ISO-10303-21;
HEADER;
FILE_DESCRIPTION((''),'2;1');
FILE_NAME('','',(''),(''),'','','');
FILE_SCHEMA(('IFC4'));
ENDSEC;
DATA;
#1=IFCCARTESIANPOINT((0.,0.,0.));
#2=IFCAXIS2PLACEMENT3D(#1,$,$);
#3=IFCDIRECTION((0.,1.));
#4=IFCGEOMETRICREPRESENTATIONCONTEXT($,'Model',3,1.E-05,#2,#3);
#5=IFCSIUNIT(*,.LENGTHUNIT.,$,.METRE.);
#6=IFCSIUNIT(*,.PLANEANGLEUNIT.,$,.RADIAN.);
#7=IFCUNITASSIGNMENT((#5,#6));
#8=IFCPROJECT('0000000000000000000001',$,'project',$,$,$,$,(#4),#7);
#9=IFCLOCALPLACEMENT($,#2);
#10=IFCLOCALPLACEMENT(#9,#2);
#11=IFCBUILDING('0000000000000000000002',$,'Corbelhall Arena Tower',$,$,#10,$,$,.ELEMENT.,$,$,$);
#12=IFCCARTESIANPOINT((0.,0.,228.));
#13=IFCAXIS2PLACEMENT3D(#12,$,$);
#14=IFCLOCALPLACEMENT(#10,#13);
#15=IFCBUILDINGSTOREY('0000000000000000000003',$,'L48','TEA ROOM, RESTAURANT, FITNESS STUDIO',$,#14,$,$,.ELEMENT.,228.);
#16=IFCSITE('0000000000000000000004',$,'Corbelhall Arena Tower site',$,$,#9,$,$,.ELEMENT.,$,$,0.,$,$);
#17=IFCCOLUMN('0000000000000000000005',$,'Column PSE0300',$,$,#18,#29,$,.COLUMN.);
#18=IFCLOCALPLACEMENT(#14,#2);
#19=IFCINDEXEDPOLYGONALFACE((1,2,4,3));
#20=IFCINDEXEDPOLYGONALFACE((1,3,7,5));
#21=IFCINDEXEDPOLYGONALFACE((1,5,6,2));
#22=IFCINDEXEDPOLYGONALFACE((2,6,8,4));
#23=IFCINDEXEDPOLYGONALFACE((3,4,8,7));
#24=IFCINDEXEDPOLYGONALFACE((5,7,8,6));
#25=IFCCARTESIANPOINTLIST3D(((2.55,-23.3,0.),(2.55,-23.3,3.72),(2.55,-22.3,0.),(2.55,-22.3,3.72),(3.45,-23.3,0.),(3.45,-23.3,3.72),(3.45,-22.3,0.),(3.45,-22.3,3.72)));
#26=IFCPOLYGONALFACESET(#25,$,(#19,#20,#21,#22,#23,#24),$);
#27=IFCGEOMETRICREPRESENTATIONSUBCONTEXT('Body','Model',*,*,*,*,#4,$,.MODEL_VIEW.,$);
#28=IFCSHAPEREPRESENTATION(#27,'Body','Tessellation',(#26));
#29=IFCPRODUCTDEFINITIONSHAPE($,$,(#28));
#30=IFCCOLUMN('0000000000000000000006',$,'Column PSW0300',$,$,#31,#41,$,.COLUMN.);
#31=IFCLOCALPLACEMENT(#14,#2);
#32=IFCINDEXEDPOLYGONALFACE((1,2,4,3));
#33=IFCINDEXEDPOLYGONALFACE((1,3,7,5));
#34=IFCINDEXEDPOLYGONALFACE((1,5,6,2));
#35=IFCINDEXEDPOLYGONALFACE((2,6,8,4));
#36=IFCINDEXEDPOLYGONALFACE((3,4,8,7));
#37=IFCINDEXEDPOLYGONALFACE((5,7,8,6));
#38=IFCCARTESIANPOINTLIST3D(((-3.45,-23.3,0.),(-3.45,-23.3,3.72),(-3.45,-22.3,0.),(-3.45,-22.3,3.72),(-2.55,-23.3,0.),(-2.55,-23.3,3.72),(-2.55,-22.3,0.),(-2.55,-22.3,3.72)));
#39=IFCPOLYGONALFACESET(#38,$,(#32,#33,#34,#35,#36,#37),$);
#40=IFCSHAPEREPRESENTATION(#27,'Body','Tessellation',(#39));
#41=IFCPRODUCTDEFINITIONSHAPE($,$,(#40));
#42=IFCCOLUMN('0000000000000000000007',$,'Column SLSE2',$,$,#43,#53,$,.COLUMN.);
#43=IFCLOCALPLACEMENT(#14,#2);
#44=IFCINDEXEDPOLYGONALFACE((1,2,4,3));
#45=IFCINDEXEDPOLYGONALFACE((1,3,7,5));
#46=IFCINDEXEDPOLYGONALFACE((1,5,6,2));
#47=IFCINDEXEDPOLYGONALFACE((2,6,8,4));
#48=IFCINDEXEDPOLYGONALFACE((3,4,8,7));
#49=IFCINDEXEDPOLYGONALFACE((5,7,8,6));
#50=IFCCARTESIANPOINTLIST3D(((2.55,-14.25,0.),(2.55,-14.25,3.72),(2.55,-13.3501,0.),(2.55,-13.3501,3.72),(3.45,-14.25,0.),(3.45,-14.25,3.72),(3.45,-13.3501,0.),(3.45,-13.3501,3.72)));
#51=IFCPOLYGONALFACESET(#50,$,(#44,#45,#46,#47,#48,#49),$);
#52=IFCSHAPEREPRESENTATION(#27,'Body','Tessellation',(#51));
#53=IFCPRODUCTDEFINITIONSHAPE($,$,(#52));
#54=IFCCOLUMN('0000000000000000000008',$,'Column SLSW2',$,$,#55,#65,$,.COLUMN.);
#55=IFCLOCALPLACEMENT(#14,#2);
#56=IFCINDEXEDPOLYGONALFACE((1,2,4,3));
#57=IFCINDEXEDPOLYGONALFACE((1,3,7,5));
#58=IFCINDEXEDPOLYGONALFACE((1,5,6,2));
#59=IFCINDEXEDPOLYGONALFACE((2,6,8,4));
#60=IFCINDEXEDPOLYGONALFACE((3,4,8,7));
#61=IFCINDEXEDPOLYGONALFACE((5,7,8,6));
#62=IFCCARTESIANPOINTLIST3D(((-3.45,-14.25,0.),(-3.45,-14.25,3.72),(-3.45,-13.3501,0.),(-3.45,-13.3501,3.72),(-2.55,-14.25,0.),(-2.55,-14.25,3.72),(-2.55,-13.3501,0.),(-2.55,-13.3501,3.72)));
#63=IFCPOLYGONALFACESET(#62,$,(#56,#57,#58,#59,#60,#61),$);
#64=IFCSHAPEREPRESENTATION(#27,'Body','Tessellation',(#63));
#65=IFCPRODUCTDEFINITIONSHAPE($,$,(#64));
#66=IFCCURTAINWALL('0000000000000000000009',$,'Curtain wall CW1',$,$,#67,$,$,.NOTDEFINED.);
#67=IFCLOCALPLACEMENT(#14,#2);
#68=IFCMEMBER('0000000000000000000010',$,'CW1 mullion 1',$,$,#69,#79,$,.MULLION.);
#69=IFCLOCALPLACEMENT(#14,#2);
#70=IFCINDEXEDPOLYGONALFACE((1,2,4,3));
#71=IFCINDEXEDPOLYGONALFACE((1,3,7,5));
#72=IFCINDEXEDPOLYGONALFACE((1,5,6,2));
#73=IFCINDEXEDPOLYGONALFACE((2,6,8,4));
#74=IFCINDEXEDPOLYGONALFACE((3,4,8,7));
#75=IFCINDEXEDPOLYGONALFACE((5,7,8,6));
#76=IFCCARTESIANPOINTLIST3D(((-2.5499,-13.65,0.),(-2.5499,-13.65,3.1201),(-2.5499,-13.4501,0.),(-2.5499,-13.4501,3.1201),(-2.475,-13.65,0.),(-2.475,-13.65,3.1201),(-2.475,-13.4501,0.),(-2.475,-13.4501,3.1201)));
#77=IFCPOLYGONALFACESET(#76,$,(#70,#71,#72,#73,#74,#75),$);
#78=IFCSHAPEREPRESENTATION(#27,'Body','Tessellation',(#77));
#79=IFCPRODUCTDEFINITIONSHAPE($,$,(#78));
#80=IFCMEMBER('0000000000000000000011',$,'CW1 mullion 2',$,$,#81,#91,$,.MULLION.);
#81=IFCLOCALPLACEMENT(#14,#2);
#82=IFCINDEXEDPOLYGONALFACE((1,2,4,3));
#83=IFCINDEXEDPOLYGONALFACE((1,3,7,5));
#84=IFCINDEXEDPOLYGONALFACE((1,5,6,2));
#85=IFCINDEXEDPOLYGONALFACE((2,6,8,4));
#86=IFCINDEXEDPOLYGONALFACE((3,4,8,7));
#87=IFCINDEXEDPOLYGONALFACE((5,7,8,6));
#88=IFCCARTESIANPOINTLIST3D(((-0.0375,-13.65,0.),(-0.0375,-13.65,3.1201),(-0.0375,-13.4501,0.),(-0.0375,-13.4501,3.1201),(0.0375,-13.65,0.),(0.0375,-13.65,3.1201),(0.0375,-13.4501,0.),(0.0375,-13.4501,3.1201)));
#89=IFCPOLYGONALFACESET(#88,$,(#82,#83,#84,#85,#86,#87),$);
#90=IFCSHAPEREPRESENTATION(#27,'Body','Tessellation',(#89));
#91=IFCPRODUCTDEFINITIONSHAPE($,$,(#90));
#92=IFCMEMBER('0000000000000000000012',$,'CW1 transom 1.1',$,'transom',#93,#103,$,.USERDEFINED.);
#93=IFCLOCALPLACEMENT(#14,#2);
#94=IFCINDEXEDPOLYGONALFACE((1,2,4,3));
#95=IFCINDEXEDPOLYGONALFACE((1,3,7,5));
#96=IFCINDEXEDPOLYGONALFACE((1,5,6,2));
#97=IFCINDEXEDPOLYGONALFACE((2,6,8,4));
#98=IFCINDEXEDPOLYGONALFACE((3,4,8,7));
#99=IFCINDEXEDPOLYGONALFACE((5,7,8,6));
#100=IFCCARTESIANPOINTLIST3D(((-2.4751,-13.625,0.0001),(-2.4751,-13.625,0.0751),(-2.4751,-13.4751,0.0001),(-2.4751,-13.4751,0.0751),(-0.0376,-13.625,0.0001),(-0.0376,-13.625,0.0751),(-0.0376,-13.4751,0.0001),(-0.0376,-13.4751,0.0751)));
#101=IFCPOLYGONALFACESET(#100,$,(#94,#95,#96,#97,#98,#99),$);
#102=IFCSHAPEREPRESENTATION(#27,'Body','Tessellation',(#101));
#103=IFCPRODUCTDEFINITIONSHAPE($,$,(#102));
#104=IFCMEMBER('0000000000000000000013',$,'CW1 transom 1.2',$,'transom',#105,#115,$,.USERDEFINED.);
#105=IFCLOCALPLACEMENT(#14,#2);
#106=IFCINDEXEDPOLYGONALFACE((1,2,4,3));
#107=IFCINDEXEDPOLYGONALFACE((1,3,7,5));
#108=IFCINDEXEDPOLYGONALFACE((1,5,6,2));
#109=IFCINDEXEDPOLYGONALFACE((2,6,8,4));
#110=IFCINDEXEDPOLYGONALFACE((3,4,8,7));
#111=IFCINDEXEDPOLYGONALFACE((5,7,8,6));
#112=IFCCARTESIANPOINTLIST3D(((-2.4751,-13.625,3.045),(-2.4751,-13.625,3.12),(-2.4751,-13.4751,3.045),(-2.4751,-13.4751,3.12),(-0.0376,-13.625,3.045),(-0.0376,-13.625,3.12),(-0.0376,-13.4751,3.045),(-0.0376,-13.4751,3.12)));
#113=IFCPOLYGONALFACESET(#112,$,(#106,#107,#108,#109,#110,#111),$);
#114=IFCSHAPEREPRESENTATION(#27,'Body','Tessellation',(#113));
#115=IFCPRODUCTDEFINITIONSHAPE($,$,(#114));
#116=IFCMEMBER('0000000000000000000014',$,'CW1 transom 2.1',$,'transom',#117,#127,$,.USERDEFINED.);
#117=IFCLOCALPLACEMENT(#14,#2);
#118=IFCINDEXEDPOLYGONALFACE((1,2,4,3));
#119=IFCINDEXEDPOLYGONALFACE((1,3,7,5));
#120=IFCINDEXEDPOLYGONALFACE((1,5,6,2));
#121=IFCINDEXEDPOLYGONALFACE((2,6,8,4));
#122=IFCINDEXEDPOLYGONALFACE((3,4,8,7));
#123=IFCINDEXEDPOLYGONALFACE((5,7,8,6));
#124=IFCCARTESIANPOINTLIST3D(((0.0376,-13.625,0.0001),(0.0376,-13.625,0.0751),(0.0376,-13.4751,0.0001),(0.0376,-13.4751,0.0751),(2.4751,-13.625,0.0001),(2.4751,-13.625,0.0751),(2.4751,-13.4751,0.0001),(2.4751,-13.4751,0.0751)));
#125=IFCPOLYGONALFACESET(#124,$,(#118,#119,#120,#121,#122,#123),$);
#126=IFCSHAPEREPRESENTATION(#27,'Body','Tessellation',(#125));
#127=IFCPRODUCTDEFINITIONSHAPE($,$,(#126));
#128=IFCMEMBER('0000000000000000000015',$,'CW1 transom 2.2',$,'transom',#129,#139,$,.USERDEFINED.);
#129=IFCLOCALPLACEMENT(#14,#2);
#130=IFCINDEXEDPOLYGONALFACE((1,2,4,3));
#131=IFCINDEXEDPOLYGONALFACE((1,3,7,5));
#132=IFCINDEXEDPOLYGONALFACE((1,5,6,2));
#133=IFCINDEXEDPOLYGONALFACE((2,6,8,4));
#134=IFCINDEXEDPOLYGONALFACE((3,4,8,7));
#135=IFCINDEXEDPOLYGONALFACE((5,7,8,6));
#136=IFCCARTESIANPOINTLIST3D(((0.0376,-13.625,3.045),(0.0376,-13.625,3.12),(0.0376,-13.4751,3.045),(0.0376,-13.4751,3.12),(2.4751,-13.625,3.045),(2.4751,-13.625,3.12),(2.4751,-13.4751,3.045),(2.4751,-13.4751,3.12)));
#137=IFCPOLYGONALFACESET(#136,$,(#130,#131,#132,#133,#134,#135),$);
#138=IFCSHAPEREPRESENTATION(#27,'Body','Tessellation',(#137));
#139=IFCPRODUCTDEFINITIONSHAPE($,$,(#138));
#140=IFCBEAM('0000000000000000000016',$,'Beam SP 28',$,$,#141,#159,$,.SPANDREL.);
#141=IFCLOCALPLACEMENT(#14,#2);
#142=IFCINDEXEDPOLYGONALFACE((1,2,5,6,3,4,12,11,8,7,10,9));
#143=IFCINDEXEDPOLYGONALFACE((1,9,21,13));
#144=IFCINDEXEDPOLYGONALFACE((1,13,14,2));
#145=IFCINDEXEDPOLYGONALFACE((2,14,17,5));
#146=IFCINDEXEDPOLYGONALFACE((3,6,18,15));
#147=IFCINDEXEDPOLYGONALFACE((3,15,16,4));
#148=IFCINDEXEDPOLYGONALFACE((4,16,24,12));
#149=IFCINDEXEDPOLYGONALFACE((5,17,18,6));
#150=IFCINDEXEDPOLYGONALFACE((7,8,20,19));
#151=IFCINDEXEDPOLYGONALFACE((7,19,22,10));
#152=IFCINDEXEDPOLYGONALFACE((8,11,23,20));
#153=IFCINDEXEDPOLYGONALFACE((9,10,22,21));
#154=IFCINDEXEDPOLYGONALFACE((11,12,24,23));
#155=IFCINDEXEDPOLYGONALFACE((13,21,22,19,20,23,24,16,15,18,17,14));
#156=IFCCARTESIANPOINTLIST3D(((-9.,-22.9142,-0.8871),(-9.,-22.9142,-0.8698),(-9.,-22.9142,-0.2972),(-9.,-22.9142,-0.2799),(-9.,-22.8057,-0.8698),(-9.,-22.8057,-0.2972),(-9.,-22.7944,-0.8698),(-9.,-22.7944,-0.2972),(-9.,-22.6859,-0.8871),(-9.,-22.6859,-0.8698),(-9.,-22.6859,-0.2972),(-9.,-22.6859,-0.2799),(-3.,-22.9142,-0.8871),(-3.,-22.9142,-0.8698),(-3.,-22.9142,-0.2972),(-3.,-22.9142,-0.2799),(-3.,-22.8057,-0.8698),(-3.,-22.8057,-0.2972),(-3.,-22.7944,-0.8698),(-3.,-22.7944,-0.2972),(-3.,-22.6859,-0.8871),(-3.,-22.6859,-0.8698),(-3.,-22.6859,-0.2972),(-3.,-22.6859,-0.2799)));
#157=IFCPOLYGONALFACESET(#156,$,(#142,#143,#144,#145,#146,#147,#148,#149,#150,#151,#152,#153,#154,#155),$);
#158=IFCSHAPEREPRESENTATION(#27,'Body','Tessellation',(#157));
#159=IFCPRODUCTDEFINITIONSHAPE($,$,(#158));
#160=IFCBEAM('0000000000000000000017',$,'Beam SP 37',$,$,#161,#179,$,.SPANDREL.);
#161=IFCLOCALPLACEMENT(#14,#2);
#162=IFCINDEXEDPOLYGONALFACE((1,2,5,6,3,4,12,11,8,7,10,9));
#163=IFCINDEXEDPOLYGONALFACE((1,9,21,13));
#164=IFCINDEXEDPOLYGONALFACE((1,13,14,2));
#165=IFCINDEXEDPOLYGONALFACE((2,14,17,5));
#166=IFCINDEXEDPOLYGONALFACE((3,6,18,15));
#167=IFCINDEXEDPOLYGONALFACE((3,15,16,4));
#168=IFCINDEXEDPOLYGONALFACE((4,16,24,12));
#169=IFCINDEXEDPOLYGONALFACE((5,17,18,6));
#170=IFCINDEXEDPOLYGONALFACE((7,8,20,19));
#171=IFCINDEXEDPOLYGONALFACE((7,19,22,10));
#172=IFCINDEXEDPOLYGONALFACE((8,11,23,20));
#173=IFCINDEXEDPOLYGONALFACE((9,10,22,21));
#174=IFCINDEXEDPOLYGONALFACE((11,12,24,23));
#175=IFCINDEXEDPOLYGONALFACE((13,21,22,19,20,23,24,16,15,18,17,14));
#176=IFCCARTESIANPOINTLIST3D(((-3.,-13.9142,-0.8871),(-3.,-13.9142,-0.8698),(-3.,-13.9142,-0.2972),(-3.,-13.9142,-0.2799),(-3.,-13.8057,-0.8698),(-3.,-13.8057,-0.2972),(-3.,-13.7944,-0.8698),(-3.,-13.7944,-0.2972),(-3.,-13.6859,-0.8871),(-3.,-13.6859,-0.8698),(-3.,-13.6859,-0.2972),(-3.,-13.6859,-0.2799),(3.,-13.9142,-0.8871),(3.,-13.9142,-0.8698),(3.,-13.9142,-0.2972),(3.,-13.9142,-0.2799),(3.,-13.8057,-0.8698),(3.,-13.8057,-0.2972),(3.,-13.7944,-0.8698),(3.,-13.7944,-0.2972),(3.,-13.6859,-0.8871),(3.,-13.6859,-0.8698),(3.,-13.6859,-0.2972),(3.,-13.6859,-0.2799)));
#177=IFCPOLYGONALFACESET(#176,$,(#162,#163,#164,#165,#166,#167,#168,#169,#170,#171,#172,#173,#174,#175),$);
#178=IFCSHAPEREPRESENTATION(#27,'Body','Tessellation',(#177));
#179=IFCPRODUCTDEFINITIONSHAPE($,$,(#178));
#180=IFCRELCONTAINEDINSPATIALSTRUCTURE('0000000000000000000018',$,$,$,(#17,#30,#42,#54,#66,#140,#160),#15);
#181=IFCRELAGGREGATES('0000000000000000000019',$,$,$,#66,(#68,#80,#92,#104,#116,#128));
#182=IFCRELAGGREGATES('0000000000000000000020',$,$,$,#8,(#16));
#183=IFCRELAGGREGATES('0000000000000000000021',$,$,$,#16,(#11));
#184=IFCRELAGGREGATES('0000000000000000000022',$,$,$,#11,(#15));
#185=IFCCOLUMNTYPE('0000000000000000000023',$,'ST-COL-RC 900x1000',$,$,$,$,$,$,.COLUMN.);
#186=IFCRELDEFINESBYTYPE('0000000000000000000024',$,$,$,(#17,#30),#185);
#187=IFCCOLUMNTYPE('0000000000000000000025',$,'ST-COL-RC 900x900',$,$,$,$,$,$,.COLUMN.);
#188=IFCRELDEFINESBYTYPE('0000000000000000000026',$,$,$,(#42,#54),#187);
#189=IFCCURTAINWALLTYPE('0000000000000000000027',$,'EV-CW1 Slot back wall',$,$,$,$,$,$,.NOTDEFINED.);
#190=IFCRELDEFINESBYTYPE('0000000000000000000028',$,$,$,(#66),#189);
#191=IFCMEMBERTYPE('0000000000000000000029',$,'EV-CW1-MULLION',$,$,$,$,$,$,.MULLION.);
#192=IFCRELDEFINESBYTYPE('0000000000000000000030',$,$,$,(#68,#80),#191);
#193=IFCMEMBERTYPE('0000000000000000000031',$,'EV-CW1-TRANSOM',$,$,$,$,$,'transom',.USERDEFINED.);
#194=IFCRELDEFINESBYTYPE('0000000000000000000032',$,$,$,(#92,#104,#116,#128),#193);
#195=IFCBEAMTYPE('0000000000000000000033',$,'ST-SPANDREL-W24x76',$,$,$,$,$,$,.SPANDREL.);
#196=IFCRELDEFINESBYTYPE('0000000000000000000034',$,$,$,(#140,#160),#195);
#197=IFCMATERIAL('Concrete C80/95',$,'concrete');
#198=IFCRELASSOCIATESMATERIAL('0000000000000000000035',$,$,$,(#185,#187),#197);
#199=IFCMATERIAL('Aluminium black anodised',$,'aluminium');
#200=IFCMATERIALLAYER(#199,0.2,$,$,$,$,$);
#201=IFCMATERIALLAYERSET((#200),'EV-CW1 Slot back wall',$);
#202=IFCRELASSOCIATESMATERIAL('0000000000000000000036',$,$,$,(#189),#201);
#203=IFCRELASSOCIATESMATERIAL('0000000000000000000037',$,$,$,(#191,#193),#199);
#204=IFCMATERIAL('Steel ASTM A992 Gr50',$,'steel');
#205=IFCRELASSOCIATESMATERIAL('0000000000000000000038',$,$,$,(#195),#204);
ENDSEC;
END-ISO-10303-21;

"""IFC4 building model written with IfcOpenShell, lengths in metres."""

from ifc_helpers import new_model, si_unit, direction, frame, origin, origin_2d, place, context, subcontext, project, spatial, rectangle, i_section, extrude, material, layer, layer_set, material_profile, profile_set, type_object, element, aggregate, save


model = new_model("IFC4")

# Units and contexts
model_context = context("Model", 3, precision=1e-05, world=origin(), true_north=direction((0.0, 1.0)))
body_context = subcontext(model_context, "Body", "Model", "MODEL_VIEW")
ifc_project = project(units=[si_unit("LENGTHUNIT", "METRE"), si_unit("PLANEANGLEUNIT", "RADIAN")], contexts=[model_context])

# Site, building, storey
site_placement = place(None, origin())
site = spatial("IfcSite", under=ifc_project, at=site_placement, Name="Corbelhall Arena Tower site", CompositionType="ELEMENT", RefElevation=0.0)
building_placement = place(site_placement, origin())
building = spatial("IfcBuilding", under=site, at=building_placement, Name="Corbelhall Arena Tower", CompositionType="ELEMENT")
storey_placement = place(building_placement, frame((0.0, 0.0, 228.0)))
storey = spatial("IfcBuildingStorey", under=building, at=storey_placement, Name="L48", Description="TEA ROOM, RESTAURANT, FITNESS STUDIO", CompositionType="ELEMENT", Elevation=228.0)

# Columns
ifc_material_1 = material(Name="Concrete C80/95", Category="concrete")
ifc_material_profile_1 = material_profile(ifc_material_1, rectangle(XDim=0.8999, YDim=1.0, at=origin_2d()))
ifc_profile_set_1 = profile_set([ifc_material_profile_1], Name="Concrete C80/95")
column_type_1 = type_object("IfcColumnType", Name="ST-COL-RC 900x1000", PredefinedType="COLUMN", material=ifc_profile_set_1)
for number, where, z_axis, x_axis, name in (
    (1, (3.0, -22.8, 0.0), (0.0, 0.0, 1.0), (1.0, 0.0, 0.0), "Column PSE0300"),
    (2, (-3.0, -22.8, 0.0), (0.0, 0.0, 1.0), (1.0, 0.0, 0.0), "Column PSW0300"),
):
    element("IfcColumn", number, at=place(storey_placement, frame(where, z_axis=z_axis, x_axis=x_axis)), inside=storey, type_object=column_type_1, Name=name, PredefinedType="COLUMN", context=body_context, shape_type="SweptSolid", body=[
        extrude(rectangle(XDim=0.8999, YDim=1.0, at=origin_2d()), origin(), (0.0, 0.0, 1.0), 3.72),
    ])
ifc_material_profile_2 = material_profile(ifc_material_1, rectangle(XDim=0.8999, YDim=0.8999, at=origin_2d()))
ifc_profile_set_2 = profile_set([ifc_material_profile_2], Name="Concrete C80/95")
column_type_2 = type_object("IfcColumnType", Name="ST-COL-RC 900x900", PredefinedType="COLUMN", material=ifc_profile_set_2)
for number, where, z_axis, x_axis, name in (
    (3, (3.0, -13.8, 0.0), (0.0, 0.0, 1.0), (1.0, 0.0, 0.0), "Column SLSE2"),
    (4, (-3.0, -13.8, 0.0), (0.0, 0.0, 1.0), (1.0, 0.0, 0.0), "Column SLSW2"),
):
    element("IfcColumn", number, at=place(storey_placement, frame(where, z_axis=z_axis, x_axis=x_axis)), inside=storey, type_object=column_type_2, Name=name, PredefinedType="COLUMN", context=body_context, shape_type="SweptSolid", body=[
        extrude(rectangle(XDim=0.8999, YDim=0.8999, at=origin_2d()), origin(), (0.0, 0.0, 1.0), 3.72),
    ])

# Curtain wall, members
ifc_material_2 = material(Name="Aluminium black anodised", Category="aluminium")
ifc_layer_1 = layer(ifc_material_2, 0.2)
ifc_layer_set_1 = layer_set([ifc_layer_1], Name="EV-CW1 Slot back wall")
curtain_wall_type = type_object("IfcCurtainWallType", Name="EV-CW1 Slot back wall", PredefinedType="NOTDEFINED", material=ifc_layer_set_1)
curtain_wall_placement = place(storey_placement, origin())
curtain_wall = element("IfcCurtainWall", 5, at=curtain_wall_placement, inside=storey, type_object=curtain_wall_type, Name="Curtain wall CW1", PredefinedType="NOTDEFINED")
ifc_material_profile_3 = material_profile(ifc_material_2, rectangle(XDim=0.2, YDim=0.075, at=origin_2d()))
ifc_profile_set_3 = profile_set([ifc_material_profile_3], Name="Aluminium black anodised")
member_type_1 = type_object("IfcMemberType", Name="EV-CW1-MULLION", PredefinedType="MULLION", material=ifc_profile_set_3)
member_1_placement = place(storey_placement, frame((-2.5125, -13.55, 0.0), z_axis=(0.0, 0.0, 1.0), x_axis=(0.0, 1.0, 0.0)))
member_1 = element("IfcMember", 6, at=member_1_placement, type_object=member_type_1, Name="CW1 mullion 1", PredefinedType="MULLION", context=body_context, shape_type="SweptSolid", body=[
    extrude(rectangle(XDim=0.2, YDim=0.075, at=origin_2d()), origin(), (0.0, 0.0, 1.0), 3.1201),
])
member_2_placement = place(storey_placement, frame((0.0, -13.55, 0.0), z_axis=(0.0, 0.0, 1.0), x_axis=(0.0, 1.0, 0.0)))
member_2 = element("IfcMember", 7, at=member_2_placement, type_object=member_type_1, Name="CW1 mullion 2", PredefinedType="MULLION", context=body_context, shape_type="SweptSolid", body=[
    extrude(rectangle(XDim=0.2, YDim=0.075, at=origin_2d()), origin(), (0.0, 0.0, 1.0), 3.1201),
])
ifc_material_profile_4 = material_profile(ifc_material_2, rectangle(XDim=0.1499, YDim=0.075, at=origin_2d()))
ifc_profile_set_4 = profile_set([ifc_material_profile_4], Name="Aluminium black anodised")
member_type_2 = type_object("IfcMemberType", Name="EV-CW1-TRANSOM", ElementType="transom", PredefinedType="USERDEFINED", material=ifc_profile_set_4)
member_3_placement = place(storey_placement, frame((-2.4751, -13.55, 0.0376), z_axis=(1.0, 0.0, 0.0), x_axis=(0.0, 1.0, 0.0)))
member_3 = element("IfcMember", 8, at=member_3_placement, type_object=member_type_2, Name="CW1 transom 1.1", ObjectType="transom", PredefinedType="USERDEFINED", context=body_context, shape_type="SweptSolid", body=[
    extrude(rectangle(XDim=0.1499, YDim=0.075, at=origin_2d()), origin(), (0.0, 0.0, 1.0), 2.4375),
])
member_4_placement = place(storey_placement, frame((-2.4751, -13.55, 3.0825), z_axis=(1.0, 0.0, 0.0), x_axis=(0.0, 1.0, 0.0)))
member_4 = element("IfcMember", 9, at=member_4_placement, type_object=member_type_2, Name="CW1 transom 1.2", ObjectType="transom", PredefinedType="USERDEFINED", context=body_context, shape_type="SweptSolid", body=[
    extrude(rectangle(XDim=0.1499, YDim=0.075, at=origin_2d()), origin(), (0.0, 0.0, 1.0), 2.4375),
])
member_5_placement = place(storey_placement, frame((0.0376, -13.55, 0.0376), z_axis=(1.0, 0.0, 0.0), x_axis=(0.0, 1.0, 0.0)))
member_5 = element("IfcMember", 10, at=member_5_placement, type_object=member_type_2, Name="CW1 transom 2.1", ObjectType="transom", PredefinedType="USERDEFINED", context=body_context, shape_type="SweptSolid", body=[
    extrude(rectangle(XDim=0.1499, YDim=0.075, at=origin_2d()), origin(), (0.0, 0.0, 1.0), 2.4375),
])
member_6_placement = place(storey_placement, frame((0.0376, -13.55, 3.0825), z_axis=(1.0, 0.0, 0.0), x_axis=(0.0, 1.0, 0.0)))
member_6 = element("IfcMember", 11, at=member_6_placement, type_object=member_type_2, Name="CW1 transom 2.2", ObjectType="transom", PredefinedType="USERDEFINED", context=body_context, shape_type="SweptSolid", body=[
    extrude(rectangle(XDim=0.1499, YDim=0.075, at=origin_2d()), origin(), (0.0, 0.0, 1.0), 2.4375),
])

# Beams
ifc_material_3 = material(Name="Steel ASTM A992 Gr50", Category="steel")
ifc_material_profile_5 = material_profile(ifc_material_3, i_section(OverallWidth=0.2283, OverallDepth=0.6072, WebThickness=0.0112, FlangeThickness=0.0173, at=origin_2d()))
ifc_profile_set_5 = profile_set([ifc_material_profile_5], Name="Steel ASTM A992 Gr50")
beam_type_1 = type_object("IfcBeamType", Name="ST-SPANDREL-W24x76", PredefinedType="SPANDREL", material=ifc_profile_set_5)
for number, where, z_axis, x_axis, name in (
    (12, (-3.0, -22.8, -0.5835), (-1.0, 0.0, 0.0), (0.0, -1.0, 0.0), "Beam SP 28"),
    (13, (3.0, -13.8, -0.5835), (-1.0, 0.0, 0.0), (0.0, -1.0, 0.0), "Beam SP 37"),
):
    element("IfcBeam", number, at=place(storey_placement, frame(where, z_axis=z_axis, x_axis=x_axis)), inside=storey, type_object=beam_type_1, Name=name, PredefinedType="SPANDREL", context=body_context, shape_type="SweptSolid", body=[
        extrude(i_section(OverallWidth=0.2283, OverallDepth=0.6072, WebThickness=0.0112, FlangeThickness=0.0173, at=origin_2d()), origin(), (0.0, 0.0, 1.0), 6.0),
    ])

aggregate(curtain_wall, [member_1, member_2, member_3, member_4, member_5, member_6])

save(model, "model.ifc")
